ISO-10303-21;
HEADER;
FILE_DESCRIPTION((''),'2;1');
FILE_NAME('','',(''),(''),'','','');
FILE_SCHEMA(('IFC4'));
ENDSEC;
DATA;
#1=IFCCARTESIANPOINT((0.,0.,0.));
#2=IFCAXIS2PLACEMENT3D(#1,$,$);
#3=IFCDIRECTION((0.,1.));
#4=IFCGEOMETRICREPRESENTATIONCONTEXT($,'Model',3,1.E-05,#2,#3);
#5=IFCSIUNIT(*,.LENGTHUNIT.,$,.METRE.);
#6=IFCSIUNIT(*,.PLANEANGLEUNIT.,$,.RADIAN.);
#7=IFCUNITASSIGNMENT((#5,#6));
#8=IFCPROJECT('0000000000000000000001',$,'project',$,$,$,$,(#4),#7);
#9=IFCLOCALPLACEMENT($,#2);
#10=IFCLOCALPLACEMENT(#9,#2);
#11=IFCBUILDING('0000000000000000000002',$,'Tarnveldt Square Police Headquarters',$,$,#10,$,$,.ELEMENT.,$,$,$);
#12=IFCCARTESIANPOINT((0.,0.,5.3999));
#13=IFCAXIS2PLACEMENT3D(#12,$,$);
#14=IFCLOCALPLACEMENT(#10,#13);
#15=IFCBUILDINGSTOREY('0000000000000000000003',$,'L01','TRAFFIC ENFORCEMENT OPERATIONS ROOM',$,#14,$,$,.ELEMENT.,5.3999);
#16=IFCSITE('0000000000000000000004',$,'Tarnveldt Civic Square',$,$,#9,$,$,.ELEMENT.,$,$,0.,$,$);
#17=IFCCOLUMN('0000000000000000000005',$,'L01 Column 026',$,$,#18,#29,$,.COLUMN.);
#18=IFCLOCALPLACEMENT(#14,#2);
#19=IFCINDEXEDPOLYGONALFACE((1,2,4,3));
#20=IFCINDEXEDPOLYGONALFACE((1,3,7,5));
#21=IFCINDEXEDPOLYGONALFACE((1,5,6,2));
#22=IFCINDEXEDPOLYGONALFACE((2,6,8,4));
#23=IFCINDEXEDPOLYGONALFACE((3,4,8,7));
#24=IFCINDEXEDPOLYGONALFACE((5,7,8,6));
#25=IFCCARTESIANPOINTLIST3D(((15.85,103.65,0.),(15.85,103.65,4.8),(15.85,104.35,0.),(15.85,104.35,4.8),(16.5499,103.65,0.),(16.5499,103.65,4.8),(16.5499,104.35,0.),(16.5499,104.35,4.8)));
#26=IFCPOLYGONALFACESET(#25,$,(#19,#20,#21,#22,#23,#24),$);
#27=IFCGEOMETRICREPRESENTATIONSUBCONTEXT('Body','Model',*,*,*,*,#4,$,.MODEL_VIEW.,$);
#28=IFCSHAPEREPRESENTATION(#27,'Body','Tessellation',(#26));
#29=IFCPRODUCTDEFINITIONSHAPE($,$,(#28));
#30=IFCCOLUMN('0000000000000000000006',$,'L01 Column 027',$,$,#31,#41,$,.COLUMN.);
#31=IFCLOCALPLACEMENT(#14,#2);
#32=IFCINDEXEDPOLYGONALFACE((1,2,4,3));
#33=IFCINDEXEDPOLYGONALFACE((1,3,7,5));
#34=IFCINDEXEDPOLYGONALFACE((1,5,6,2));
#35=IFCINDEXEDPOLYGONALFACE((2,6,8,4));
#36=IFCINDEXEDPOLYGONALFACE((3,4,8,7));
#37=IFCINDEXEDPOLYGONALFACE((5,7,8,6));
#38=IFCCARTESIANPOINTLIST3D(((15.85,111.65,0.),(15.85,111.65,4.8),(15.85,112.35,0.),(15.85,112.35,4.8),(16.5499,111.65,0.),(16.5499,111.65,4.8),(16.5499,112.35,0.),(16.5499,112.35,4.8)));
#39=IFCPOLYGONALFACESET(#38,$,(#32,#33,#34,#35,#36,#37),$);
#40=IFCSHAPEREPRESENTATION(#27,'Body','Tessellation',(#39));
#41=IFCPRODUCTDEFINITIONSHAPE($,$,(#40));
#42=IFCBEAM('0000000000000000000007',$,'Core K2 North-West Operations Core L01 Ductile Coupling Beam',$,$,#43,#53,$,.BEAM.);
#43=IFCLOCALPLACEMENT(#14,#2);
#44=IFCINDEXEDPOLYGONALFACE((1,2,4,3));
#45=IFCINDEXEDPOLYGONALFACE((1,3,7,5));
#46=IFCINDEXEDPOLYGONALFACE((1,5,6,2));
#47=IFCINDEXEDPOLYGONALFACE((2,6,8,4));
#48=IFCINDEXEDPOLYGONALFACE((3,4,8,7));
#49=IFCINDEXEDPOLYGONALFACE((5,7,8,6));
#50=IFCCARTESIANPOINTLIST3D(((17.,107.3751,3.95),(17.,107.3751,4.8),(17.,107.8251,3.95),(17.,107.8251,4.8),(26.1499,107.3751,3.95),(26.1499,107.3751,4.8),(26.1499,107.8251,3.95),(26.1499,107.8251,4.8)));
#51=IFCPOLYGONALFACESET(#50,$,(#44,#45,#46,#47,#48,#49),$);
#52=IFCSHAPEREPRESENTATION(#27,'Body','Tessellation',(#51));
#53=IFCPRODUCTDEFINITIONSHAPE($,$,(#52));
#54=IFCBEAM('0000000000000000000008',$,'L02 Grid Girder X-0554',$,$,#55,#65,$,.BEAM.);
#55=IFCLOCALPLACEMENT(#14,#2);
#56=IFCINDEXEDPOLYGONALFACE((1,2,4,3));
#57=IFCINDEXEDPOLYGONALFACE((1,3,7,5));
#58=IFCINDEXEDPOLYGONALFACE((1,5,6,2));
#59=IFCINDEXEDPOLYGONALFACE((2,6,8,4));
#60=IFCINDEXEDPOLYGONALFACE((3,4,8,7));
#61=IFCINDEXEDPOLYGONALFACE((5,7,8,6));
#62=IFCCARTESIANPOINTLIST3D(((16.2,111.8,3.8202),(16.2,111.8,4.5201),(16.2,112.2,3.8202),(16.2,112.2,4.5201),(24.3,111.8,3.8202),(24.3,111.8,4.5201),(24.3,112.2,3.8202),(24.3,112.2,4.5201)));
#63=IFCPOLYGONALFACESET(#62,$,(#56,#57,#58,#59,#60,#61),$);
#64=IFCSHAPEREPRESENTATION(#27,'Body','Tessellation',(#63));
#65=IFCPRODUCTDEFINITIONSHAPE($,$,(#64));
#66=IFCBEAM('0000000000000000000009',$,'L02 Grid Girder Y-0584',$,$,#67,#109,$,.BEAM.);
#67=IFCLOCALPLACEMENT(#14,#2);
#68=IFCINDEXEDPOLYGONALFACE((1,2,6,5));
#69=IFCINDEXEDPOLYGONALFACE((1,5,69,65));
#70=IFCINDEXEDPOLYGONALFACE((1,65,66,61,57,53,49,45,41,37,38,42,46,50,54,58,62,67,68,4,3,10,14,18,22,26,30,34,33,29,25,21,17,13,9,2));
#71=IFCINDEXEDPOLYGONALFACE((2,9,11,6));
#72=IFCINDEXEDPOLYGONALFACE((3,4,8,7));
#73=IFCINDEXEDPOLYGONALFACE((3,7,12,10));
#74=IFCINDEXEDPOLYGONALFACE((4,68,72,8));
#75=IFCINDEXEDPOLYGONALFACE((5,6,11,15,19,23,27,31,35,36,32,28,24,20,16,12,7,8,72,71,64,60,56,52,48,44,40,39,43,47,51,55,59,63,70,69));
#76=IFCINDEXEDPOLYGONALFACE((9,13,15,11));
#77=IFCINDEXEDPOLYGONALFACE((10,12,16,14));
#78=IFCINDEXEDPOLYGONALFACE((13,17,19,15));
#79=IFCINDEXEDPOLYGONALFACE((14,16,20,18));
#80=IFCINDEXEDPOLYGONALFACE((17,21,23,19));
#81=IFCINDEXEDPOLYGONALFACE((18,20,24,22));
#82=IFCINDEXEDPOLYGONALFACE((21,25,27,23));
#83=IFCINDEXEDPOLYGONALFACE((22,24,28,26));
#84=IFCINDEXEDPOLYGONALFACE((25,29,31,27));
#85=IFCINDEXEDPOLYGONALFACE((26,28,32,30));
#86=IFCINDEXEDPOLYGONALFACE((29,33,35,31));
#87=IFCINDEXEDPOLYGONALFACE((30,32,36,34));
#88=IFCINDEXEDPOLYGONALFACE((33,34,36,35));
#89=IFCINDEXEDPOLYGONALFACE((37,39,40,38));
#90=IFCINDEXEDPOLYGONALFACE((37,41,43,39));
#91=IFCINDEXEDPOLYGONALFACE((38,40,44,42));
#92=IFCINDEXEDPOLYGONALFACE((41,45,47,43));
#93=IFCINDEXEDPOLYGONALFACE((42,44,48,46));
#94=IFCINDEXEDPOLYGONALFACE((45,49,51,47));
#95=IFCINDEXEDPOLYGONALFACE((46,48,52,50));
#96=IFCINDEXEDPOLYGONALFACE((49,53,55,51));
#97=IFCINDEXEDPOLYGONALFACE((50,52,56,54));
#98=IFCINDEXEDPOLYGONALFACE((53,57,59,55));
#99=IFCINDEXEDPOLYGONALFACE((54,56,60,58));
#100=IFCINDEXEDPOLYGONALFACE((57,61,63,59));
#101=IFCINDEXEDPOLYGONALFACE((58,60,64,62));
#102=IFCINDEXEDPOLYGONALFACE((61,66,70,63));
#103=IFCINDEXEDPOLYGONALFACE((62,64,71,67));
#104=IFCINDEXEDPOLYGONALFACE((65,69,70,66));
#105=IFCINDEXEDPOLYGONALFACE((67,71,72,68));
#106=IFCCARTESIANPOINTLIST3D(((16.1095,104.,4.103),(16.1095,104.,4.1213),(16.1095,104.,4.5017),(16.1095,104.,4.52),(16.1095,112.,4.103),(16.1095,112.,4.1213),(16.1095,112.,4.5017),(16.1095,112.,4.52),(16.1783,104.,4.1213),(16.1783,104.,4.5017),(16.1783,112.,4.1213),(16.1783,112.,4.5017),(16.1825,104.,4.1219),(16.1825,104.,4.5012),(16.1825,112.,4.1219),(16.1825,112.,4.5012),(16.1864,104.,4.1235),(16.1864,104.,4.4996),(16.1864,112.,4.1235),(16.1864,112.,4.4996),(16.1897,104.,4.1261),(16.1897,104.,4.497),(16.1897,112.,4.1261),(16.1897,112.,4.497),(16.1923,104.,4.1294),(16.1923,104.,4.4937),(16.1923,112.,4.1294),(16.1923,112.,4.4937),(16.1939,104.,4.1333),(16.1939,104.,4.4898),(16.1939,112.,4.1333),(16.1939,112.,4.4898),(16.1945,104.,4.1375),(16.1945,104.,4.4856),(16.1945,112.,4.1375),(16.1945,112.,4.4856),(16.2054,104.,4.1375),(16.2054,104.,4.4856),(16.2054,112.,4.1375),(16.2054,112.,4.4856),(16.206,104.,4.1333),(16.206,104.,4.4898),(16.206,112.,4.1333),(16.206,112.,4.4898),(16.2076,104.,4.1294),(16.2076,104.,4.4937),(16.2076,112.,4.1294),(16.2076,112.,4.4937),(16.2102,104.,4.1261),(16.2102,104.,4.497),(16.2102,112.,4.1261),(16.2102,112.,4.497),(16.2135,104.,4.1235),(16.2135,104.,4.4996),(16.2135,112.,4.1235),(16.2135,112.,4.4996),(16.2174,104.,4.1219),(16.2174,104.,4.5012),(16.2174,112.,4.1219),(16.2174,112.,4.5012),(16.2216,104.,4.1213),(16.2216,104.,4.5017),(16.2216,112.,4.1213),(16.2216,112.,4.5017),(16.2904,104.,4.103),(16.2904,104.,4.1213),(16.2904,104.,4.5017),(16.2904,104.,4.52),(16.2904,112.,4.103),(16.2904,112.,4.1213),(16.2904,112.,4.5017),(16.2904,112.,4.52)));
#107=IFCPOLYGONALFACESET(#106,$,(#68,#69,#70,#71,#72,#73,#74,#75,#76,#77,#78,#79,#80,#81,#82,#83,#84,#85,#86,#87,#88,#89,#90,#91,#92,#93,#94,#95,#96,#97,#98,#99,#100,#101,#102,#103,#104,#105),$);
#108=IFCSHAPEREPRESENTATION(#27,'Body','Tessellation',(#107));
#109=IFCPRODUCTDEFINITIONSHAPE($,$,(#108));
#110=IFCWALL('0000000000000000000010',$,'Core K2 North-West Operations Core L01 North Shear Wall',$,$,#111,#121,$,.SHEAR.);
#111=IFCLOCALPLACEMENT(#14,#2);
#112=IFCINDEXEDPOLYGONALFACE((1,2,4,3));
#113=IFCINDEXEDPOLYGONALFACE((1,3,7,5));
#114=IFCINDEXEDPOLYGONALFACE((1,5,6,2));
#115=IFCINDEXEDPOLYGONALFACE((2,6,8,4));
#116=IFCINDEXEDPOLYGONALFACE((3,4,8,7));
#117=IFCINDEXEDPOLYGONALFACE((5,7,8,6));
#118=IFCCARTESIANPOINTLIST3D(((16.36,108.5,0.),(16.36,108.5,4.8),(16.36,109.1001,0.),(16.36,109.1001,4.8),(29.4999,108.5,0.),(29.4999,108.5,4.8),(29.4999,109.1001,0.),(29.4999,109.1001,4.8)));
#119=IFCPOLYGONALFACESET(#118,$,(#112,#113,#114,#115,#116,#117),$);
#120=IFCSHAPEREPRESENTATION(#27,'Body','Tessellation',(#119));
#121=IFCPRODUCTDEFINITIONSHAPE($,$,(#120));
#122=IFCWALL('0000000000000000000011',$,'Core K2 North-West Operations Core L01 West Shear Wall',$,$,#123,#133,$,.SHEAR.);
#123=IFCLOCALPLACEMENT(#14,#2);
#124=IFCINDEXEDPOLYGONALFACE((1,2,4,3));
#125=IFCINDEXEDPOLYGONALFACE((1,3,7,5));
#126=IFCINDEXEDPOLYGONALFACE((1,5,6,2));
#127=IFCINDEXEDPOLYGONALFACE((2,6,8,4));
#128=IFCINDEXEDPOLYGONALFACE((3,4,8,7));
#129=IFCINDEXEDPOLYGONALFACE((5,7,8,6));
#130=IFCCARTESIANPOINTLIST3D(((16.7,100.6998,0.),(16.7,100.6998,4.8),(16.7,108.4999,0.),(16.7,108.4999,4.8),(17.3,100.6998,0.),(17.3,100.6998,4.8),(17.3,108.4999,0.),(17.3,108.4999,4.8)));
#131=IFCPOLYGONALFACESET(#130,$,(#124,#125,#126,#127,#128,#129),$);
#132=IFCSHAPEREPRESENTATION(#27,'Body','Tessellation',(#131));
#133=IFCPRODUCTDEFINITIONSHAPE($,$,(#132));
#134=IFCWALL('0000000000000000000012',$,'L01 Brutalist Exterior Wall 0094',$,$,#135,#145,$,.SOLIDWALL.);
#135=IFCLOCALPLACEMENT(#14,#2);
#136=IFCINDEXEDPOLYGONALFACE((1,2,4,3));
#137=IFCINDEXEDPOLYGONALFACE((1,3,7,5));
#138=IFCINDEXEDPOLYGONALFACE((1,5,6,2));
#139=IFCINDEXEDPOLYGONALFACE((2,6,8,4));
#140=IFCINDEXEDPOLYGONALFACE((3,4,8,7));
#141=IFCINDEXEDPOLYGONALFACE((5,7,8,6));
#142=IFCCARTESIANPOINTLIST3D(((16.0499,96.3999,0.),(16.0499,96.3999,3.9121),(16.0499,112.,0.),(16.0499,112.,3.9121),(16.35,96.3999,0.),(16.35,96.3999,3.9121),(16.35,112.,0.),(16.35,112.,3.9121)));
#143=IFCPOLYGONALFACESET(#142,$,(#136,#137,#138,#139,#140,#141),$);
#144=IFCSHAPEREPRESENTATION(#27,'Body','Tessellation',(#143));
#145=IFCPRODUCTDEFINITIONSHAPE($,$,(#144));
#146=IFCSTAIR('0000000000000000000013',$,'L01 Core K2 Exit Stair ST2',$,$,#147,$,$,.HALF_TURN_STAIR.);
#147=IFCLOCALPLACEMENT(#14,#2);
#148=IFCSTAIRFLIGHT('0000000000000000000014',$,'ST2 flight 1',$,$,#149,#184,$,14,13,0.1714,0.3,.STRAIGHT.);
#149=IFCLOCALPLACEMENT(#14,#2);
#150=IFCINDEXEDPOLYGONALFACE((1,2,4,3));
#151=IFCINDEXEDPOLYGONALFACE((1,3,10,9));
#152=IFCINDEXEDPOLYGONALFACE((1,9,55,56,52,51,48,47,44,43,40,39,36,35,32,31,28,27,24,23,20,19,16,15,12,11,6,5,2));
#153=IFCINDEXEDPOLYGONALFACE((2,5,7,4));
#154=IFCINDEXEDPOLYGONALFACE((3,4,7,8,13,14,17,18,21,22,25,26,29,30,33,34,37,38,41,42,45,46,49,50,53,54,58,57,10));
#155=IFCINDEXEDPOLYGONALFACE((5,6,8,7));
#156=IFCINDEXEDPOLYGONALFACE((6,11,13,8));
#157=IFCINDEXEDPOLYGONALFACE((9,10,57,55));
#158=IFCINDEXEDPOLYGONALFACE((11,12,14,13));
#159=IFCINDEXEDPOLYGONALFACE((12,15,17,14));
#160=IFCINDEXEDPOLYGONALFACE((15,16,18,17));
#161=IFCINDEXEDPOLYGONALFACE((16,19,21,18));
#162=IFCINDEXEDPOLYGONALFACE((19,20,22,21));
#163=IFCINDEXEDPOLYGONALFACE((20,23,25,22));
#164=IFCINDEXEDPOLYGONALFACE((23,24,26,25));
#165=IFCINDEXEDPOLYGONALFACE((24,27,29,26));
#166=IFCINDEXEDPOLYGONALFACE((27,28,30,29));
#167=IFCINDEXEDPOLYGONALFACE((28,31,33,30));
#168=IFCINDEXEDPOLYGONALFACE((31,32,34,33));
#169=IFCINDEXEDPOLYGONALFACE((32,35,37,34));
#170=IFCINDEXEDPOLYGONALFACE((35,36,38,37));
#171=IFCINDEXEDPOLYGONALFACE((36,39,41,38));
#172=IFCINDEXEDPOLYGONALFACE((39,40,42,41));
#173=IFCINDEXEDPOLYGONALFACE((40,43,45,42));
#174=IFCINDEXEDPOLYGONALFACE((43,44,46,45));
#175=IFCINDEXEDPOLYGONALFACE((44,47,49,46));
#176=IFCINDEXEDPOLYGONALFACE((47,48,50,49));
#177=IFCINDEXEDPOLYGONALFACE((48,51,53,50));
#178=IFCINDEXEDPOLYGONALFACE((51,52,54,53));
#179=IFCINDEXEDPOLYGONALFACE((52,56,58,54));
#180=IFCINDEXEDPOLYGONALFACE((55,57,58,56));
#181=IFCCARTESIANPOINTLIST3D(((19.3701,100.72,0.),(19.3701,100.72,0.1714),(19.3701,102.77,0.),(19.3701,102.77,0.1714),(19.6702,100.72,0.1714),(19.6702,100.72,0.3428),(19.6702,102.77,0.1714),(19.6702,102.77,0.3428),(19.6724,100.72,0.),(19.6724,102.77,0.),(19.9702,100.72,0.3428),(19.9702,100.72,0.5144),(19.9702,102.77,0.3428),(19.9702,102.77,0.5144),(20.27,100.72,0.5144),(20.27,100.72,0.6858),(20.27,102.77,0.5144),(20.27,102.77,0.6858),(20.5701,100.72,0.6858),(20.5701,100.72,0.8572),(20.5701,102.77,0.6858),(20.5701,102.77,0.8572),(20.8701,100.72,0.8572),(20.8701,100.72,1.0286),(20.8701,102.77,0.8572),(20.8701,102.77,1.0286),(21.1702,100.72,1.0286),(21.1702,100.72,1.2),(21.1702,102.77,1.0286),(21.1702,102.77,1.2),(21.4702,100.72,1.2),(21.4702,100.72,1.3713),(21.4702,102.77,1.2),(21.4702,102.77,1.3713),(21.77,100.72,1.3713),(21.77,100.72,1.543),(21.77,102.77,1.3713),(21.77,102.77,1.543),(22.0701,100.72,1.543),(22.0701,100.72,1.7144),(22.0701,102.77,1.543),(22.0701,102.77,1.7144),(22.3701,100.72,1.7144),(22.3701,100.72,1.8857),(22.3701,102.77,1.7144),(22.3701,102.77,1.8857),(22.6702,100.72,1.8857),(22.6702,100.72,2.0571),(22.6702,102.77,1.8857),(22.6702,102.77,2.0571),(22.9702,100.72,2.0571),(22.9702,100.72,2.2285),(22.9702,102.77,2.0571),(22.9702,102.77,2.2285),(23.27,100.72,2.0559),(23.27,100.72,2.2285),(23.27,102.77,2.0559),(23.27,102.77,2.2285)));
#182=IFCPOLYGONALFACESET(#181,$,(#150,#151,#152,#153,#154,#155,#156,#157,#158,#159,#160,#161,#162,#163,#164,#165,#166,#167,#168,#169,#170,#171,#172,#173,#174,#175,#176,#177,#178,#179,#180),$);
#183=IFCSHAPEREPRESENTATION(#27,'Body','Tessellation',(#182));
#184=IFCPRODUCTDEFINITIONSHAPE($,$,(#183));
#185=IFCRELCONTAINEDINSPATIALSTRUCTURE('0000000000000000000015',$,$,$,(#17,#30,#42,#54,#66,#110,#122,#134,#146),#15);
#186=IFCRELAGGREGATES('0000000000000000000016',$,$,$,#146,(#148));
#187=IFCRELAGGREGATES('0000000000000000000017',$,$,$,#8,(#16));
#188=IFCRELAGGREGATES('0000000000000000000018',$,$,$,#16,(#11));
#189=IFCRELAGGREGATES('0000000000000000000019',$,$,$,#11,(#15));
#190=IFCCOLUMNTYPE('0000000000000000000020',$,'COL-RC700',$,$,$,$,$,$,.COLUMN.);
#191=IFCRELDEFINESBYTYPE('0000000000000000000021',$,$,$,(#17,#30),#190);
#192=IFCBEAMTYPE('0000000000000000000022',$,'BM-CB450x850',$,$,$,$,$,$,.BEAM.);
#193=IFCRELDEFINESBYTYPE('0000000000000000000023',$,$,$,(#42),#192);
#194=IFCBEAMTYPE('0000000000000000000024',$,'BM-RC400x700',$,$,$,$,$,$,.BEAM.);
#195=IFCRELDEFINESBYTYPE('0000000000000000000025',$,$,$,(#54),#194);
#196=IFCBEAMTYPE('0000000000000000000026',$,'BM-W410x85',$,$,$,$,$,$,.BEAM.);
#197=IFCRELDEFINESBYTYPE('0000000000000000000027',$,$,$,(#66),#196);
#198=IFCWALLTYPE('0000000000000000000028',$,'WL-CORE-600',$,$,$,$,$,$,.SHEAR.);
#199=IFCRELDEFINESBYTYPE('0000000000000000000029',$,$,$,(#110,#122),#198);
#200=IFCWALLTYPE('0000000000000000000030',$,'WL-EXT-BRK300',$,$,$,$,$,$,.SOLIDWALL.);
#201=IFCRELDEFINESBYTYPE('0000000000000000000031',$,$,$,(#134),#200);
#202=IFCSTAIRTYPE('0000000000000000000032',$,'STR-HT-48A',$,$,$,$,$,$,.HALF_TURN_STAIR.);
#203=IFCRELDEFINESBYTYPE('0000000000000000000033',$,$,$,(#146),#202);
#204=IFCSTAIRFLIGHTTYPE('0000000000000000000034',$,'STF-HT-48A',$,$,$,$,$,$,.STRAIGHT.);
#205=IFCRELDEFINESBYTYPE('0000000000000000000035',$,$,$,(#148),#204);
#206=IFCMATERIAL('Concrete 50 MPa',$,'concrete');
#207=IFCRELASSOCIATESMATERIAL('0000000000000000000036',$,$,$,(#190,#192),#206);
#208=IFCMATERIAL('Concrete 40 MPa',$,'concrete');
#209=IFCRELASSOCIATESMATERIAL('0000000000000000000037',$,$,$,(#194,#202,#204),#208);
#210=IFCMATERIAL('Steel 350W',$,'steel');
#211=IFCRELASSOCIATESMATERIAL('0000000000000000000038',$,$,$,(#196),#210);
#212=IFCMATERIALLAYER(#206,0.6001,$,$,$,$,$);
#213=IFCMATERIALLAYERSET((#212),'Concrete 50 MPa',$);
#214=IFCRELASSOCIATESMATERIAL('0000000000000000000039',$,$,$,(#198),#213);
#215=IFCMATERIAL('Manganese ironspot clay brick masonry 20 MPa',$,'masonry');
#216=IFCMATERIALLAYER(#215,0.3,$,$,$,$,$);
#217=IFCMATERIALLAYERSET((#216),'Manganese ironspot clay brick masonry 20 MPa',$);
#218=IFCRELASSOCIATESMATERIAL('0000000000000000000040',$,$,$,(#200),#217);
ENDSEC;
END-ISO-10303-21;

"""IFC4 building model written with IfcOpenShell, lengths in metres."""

from ifc_helpers import new_model, si_unit, direction, frame, frame_2d, origin, origin_2d, place, context, subcontext, project, spatial, polyline, rectangle, i_section, outline, extrude, material, layer, layer_set, material_profile, profile_set, type_object, element, aggregate, save


model = new_model("IFC4")

# Units and contexts
model_context = context("Model", 3, precision=1e-05, world=origin(), true_north=direction((0.0, 1.0)))
body_context = subcontext(model_context, "Body", "Model", "MODEL_VIEW")
ifc_project = project(units=[si_unit("LENGTHUNIT", "METRE"), si_unit("PLANEANGLEUNIT", "RADIAN")], contexts=[model_context])

# Site, building, storey
site_placement = place(None, origin())
site = spatial("IfcSite", under=ifc_project, at=site_placement, Name="Tarnveldt Civic Square", CompositionType="ELEMENT", RefElevation=0.0)
building_placement = place(site_placement, origin())
building = spatial("IfcBuilding", under=site, at=building_placement, Name="Tarnveldt Square Police Headquarters", CompositionType="ELEMENT")
storey_placement = place(building_placement, frame((0.0, 0.0, 5.3999)))
storey = spatial("IfcBuildingStorey", under=building, at=storey_placement, Name="L01", Description="TRAFFIC ENFORCEMENT OPERATIONS ROOM", CompositionType="ELEMENT", Elevation=5.3999)

# Columns
ifc_material_1 = material(Name="Concrete 50 MPa", Category="concrete")
ifc_material_profile_1 = material_profile(ifc_material_1, rectangle(XDim=0.7, YDim=0.7, at=origin_2d()), Name="RC-C700x700")
ifc_profile_set_1 = profile_set([ifc_material_profile_1], Name="Concrete 50 MPa")
column_type = type_object("IfcColumnType", Name="COL-RC700", PredefinedType="COLUMN", material=ifc_profile_set_1)
for number, where, z_axis, x_axis, name in (
    (1, (16.2, 104.0, 0.0), (0.0, 0.0, 1.0), (1.0, 0.0, 0.0), "L01 Column 026"),
    (2, (16.2, 112.0, 0.0), (0.0, 0.0, 1.0), (1.0, 0.0, 0.0), "L01 Column 027"),
):
    element("IfcColumn", number, at=place(storey_placement, frame(where, z_axis=z_axis, x_axis=x_axis)), inside=storey, type_object=column_type, Name=name, PredefinedType="COLUMN", context=body_context, shape_type="SweptSolid", body=[
        extrude(rectangle(XDim=0.7, YDim=0.7, at=origin_2d()), origin(), (0.0, 0.0, 1.0), 4.8),
    ])

# Beams
ifc_material_profile_2 = material_profile(ifc_material_1, rectangle(XDim=0.45, YDim=0.8501, at=origin_2d()), Name="RC-CB450x850")
ifc_profile_set_2 = profile_set([ifc_material_profile_2], Name="Concrete 50 MPa")
beam_type_1 = type_object("IfcBeamType", Name="BM-CB450x850", PredefinedType="BEAM", material=ifc_profile_set_2)
beam_1_placement = place(storey_placement, frame((17.0, 107.6001, 4.375), z_axis=(1.0, 0.0, 0.0), x_axis=(0.0, 1.0, 0.0)))
element("IfcBeam", 3, at=beam_1_placement, inside=storey, type_object=beam_type_1, Name="Core K2 North-West Operations Core L01 Ductile Coupling Beam", PredefinedType="BEAM", context=body_context, shape_type="SweptSolid", body=[
    extrude(rectangle(XDim=0.45, YDim=0.8501, at=origin_2d()), origin(), (0.0, 0.0, 1.0), 9.1499),
])
ifc_material_2 = material(Name="Concrete 40 MPa", Category="concrete")
ifc_material_profile_3 = material_profile(ifc_material_2, rectangle(XDim=0.3999, YDim=0.7, at=origin_2d()), Name="RC-B400x700")
ifc_profile_set_3 = profile_set([ifc_material_profile_3], Name="Concrete 40 MPa")
beam_type_2 = type_object("IfcBeamType", Name="BM-RC400x700", PredefinedType="BEAM", material=ifc_profile_set_3)
beam_2_placement = place(storey_placement, frame((16.2, 112.0, 4.1702), z_axis=(1.0, 0.0, 0.0), x_axis=(0.0, 1.0, 0.0)))
element("IfcBeam", 4, at=beam_2_placement, inside=storey, type_object=beam_type_2, Name="L02 Grid Girder X-0554", PredefinedType="BEAM", context=body_context, shape_type="SweptSolid", body=[
    extrude(rectangle(XDim=0.3999, YDim=0.7, at=origin_2d()), origin(), (0.0, 0.0, 1.0), 8.1001),
])
ifc_material_3 = material(Name="Steel 350W", Category="steel")
ifc_material_profile_4 = material_profile(ifc_material_3, i_section(OverallWidth=0.1809, OverallDepth=0.417, WebThickness=0.011, FlangeThickness=0.0183, FilletRadius=0.0161, at=origin_2d()), Name="W410x85")
ifc_profile_set_4 = profile_set([ifc_material_profile_4], Name="Steel 350W")
beam_type_3 = type_object("IfcBeamType", Name="BM-W410x85", PredefinedType="BEAM", material=ifc_profile_set_4)
beam_3_placement = place(storey_placement, frame((16.2, 104.0, 4.3115), z_axis=(0.0, 1.0, 0.0), x_axis=(-1.0, 0.0, 0.0)))
element("IfcBeam", 5, at=beam_3_placement, inside=storey, type_object=beam_type_3, Name="L02 Grid Girder Y-0584", PredefinedType="BEAM", context=body_context, shape_type="SweptSolid", body=[
    extrude(i_section(OverallWidth=0.1809, OverallDepth=0.417, WebThickness=0.011, FlangeThickness=0.0183, FilletRadius=0.0161, at=origin_2d()), origin(), (0.0, 0.0, 1.0), 8.0),
])

# Walls
ifc_layer_1 = layer(ifc_material_1, 0.6001)
ifc_layer_set_1 = layer_set([ifc_layer_1], Name="Concrete 50 MPa")
wall_type_1 = type_object("IfcWallType", Name="WL-CORE-600", PredefinedType="SHEAR", material=ifc_layer_set_1)
wall_1_placement = place(storey_placement, frame((16.3601, 108.8, 0.0), z_axis=(0.0, 0.0, 1.0), x_axis=(1.0, 0.0, 0.0)))
element("IfcWall", 6, at=wall_1_placement, inside=storey, type_object=wall_type_1, Name="Core K2 North-West Operations Core L01 North Shear Wall", PredefinedType="SHEAR", context=body_context, shape_type="SweptSolid", body=[
    extrude(rectangle(XDim=13.1399, YDim=0.6001, at=frame_2d((6.5698, 0.0))), origin(), (0.0, 0.0, 1.0), 4.8),
])
wall_2_placement = place(storey_placement, frame((17.0, 100.7, 0.0), z_axis=(0.0, 0.0, 1.0), x_axis=(0.0, 1.0, 0.0)))
element("IfcWall", 7, at=wall_2_placement, inside=storey, type_object=wall_type_1, Name="Core K2 North-West Operations Core L01 West Shear Wall", PredefinedType="SHEAR", context=body_context, shape_type="SweptSolid", body=[
    extrude(rectangle(XDim=7.8, YDim=0.6001, at=frame_2d((3.8999, 0.0))), origin(), (0.0, 0.0, 1.0), 4.8),
])
ifc_material_4 = material(Name="Manganese ironspot clay brick masonry 20 MPa", Category="masonry")
ifc_layer_2 = layer(ifc_material_4, 0.3)
ifc_layer_set_2 = layer_set([ifc_layer_2], Name="Manganese ironspot clay brick masonry 20 MPa")
wall_type_2 = type_object("IfcWallType", Name="WL-EXT-BRK300", PredefinedType="SOLIDWALL", material=ifc_layer_set_2)
wall_3_placement = place(storey_placement, frame((16.2, 112.0, 0.0), z_axis=(0.0, 0.0, 1.0), x_axis=(0.0, -1.0, 0.0)))
element("IfcWall", 8, at=wall_3_placement, inside=storey, type_object=wall_type_2, Name="L01 Brutalist Exterior Wall 0094", PredefinedType="SOLIDWALL", context=body_context, shape_type="SweptSolid", body=[
    extrude(rectangle(XDim=15.6001, YDim=0.3, at=frame_2d((7.8, 0.0))), origin(), (0.0, 0.0, 1.0), 3.9121),
])

# Stair, stair flight
stair_type = type_object("IfcStairType", Name="STR-HT-48A", PredefinedType="HALF_TURN_STAIR", material=ifc_material_2)
stair_placement = place(storey_placement, origin())
stair = element("IfcStair", 9, at=stair_placement, inside=storey, type_object=stair_type, Name="L01 Core K2 Exit Stair ST2", PredefinedType="HALF_TURN_STAIR")
stair_flight_type = type_object("IfcStairFlightType", Name="STF-HT-48A", PredefinedType="STRAIGHT", material=ifc_material_2)
stair_flight_1_placement = place(storey_placement, frame((19.3701, 101.7451, 0.0), z_axis=(0.0, 0.0, 1.0), x_axis=(1.0, 0.0, 0.0)))
stair_flight_1 = element("IfcStairFlight", 10, at=stair_flight_1_placement, type_object=stair_flight_type, Name="ST2 flight 1", NumberOfRisers=14, NumberOfTreads=13, PredefinedType="STRAIGHT", RiserHeight=0.1714, TreadLength=0.3, context=body_context, shape_type="SweptSolid", body=[
    extrude(outline(polyline([(0.0, 0.0), (0.0, 0.1714), (0.3, 0.1714), (0.3, 0.3428), (0.6001, 0.3428), (0.6001, 0.5144), (0.8999, 0.5144), (0.8999, 0.6858), (1.2, 0.6858), (1.2, 0.8572), (1.5, 0.8572), (1.5, 1.0286), (1.8, 1.0286), (1.8, 1.2), (2.1001, 1.2), (2.1001, 1.3713), (2.3999, 1.3713), (2.3999, 1.543), (2.7, 1.543), (2.7, 1.7144), (3.0, 1.7144), (3.0, 1.8857), (3.3, 1.8857), (3.3, 2.0571), (3.6001, 2.0571), (3.6001, 2.2285), (3.8999, 2.2285), (3.8999, 2.3999), (3.8999, 2.0559), (0.3022, 0.0), (0.0, 0.0)])), frame((0.0, 1.0249, 0.0), z_axis=(0.0, -1.0, 0.0), x_axis=(1.0, 0.0, 0.0)), (0.0, 0.0, 1.0), 2.05),
])
aggregate(stair, [stair_flight_1])

save(model, "model.ifc")
